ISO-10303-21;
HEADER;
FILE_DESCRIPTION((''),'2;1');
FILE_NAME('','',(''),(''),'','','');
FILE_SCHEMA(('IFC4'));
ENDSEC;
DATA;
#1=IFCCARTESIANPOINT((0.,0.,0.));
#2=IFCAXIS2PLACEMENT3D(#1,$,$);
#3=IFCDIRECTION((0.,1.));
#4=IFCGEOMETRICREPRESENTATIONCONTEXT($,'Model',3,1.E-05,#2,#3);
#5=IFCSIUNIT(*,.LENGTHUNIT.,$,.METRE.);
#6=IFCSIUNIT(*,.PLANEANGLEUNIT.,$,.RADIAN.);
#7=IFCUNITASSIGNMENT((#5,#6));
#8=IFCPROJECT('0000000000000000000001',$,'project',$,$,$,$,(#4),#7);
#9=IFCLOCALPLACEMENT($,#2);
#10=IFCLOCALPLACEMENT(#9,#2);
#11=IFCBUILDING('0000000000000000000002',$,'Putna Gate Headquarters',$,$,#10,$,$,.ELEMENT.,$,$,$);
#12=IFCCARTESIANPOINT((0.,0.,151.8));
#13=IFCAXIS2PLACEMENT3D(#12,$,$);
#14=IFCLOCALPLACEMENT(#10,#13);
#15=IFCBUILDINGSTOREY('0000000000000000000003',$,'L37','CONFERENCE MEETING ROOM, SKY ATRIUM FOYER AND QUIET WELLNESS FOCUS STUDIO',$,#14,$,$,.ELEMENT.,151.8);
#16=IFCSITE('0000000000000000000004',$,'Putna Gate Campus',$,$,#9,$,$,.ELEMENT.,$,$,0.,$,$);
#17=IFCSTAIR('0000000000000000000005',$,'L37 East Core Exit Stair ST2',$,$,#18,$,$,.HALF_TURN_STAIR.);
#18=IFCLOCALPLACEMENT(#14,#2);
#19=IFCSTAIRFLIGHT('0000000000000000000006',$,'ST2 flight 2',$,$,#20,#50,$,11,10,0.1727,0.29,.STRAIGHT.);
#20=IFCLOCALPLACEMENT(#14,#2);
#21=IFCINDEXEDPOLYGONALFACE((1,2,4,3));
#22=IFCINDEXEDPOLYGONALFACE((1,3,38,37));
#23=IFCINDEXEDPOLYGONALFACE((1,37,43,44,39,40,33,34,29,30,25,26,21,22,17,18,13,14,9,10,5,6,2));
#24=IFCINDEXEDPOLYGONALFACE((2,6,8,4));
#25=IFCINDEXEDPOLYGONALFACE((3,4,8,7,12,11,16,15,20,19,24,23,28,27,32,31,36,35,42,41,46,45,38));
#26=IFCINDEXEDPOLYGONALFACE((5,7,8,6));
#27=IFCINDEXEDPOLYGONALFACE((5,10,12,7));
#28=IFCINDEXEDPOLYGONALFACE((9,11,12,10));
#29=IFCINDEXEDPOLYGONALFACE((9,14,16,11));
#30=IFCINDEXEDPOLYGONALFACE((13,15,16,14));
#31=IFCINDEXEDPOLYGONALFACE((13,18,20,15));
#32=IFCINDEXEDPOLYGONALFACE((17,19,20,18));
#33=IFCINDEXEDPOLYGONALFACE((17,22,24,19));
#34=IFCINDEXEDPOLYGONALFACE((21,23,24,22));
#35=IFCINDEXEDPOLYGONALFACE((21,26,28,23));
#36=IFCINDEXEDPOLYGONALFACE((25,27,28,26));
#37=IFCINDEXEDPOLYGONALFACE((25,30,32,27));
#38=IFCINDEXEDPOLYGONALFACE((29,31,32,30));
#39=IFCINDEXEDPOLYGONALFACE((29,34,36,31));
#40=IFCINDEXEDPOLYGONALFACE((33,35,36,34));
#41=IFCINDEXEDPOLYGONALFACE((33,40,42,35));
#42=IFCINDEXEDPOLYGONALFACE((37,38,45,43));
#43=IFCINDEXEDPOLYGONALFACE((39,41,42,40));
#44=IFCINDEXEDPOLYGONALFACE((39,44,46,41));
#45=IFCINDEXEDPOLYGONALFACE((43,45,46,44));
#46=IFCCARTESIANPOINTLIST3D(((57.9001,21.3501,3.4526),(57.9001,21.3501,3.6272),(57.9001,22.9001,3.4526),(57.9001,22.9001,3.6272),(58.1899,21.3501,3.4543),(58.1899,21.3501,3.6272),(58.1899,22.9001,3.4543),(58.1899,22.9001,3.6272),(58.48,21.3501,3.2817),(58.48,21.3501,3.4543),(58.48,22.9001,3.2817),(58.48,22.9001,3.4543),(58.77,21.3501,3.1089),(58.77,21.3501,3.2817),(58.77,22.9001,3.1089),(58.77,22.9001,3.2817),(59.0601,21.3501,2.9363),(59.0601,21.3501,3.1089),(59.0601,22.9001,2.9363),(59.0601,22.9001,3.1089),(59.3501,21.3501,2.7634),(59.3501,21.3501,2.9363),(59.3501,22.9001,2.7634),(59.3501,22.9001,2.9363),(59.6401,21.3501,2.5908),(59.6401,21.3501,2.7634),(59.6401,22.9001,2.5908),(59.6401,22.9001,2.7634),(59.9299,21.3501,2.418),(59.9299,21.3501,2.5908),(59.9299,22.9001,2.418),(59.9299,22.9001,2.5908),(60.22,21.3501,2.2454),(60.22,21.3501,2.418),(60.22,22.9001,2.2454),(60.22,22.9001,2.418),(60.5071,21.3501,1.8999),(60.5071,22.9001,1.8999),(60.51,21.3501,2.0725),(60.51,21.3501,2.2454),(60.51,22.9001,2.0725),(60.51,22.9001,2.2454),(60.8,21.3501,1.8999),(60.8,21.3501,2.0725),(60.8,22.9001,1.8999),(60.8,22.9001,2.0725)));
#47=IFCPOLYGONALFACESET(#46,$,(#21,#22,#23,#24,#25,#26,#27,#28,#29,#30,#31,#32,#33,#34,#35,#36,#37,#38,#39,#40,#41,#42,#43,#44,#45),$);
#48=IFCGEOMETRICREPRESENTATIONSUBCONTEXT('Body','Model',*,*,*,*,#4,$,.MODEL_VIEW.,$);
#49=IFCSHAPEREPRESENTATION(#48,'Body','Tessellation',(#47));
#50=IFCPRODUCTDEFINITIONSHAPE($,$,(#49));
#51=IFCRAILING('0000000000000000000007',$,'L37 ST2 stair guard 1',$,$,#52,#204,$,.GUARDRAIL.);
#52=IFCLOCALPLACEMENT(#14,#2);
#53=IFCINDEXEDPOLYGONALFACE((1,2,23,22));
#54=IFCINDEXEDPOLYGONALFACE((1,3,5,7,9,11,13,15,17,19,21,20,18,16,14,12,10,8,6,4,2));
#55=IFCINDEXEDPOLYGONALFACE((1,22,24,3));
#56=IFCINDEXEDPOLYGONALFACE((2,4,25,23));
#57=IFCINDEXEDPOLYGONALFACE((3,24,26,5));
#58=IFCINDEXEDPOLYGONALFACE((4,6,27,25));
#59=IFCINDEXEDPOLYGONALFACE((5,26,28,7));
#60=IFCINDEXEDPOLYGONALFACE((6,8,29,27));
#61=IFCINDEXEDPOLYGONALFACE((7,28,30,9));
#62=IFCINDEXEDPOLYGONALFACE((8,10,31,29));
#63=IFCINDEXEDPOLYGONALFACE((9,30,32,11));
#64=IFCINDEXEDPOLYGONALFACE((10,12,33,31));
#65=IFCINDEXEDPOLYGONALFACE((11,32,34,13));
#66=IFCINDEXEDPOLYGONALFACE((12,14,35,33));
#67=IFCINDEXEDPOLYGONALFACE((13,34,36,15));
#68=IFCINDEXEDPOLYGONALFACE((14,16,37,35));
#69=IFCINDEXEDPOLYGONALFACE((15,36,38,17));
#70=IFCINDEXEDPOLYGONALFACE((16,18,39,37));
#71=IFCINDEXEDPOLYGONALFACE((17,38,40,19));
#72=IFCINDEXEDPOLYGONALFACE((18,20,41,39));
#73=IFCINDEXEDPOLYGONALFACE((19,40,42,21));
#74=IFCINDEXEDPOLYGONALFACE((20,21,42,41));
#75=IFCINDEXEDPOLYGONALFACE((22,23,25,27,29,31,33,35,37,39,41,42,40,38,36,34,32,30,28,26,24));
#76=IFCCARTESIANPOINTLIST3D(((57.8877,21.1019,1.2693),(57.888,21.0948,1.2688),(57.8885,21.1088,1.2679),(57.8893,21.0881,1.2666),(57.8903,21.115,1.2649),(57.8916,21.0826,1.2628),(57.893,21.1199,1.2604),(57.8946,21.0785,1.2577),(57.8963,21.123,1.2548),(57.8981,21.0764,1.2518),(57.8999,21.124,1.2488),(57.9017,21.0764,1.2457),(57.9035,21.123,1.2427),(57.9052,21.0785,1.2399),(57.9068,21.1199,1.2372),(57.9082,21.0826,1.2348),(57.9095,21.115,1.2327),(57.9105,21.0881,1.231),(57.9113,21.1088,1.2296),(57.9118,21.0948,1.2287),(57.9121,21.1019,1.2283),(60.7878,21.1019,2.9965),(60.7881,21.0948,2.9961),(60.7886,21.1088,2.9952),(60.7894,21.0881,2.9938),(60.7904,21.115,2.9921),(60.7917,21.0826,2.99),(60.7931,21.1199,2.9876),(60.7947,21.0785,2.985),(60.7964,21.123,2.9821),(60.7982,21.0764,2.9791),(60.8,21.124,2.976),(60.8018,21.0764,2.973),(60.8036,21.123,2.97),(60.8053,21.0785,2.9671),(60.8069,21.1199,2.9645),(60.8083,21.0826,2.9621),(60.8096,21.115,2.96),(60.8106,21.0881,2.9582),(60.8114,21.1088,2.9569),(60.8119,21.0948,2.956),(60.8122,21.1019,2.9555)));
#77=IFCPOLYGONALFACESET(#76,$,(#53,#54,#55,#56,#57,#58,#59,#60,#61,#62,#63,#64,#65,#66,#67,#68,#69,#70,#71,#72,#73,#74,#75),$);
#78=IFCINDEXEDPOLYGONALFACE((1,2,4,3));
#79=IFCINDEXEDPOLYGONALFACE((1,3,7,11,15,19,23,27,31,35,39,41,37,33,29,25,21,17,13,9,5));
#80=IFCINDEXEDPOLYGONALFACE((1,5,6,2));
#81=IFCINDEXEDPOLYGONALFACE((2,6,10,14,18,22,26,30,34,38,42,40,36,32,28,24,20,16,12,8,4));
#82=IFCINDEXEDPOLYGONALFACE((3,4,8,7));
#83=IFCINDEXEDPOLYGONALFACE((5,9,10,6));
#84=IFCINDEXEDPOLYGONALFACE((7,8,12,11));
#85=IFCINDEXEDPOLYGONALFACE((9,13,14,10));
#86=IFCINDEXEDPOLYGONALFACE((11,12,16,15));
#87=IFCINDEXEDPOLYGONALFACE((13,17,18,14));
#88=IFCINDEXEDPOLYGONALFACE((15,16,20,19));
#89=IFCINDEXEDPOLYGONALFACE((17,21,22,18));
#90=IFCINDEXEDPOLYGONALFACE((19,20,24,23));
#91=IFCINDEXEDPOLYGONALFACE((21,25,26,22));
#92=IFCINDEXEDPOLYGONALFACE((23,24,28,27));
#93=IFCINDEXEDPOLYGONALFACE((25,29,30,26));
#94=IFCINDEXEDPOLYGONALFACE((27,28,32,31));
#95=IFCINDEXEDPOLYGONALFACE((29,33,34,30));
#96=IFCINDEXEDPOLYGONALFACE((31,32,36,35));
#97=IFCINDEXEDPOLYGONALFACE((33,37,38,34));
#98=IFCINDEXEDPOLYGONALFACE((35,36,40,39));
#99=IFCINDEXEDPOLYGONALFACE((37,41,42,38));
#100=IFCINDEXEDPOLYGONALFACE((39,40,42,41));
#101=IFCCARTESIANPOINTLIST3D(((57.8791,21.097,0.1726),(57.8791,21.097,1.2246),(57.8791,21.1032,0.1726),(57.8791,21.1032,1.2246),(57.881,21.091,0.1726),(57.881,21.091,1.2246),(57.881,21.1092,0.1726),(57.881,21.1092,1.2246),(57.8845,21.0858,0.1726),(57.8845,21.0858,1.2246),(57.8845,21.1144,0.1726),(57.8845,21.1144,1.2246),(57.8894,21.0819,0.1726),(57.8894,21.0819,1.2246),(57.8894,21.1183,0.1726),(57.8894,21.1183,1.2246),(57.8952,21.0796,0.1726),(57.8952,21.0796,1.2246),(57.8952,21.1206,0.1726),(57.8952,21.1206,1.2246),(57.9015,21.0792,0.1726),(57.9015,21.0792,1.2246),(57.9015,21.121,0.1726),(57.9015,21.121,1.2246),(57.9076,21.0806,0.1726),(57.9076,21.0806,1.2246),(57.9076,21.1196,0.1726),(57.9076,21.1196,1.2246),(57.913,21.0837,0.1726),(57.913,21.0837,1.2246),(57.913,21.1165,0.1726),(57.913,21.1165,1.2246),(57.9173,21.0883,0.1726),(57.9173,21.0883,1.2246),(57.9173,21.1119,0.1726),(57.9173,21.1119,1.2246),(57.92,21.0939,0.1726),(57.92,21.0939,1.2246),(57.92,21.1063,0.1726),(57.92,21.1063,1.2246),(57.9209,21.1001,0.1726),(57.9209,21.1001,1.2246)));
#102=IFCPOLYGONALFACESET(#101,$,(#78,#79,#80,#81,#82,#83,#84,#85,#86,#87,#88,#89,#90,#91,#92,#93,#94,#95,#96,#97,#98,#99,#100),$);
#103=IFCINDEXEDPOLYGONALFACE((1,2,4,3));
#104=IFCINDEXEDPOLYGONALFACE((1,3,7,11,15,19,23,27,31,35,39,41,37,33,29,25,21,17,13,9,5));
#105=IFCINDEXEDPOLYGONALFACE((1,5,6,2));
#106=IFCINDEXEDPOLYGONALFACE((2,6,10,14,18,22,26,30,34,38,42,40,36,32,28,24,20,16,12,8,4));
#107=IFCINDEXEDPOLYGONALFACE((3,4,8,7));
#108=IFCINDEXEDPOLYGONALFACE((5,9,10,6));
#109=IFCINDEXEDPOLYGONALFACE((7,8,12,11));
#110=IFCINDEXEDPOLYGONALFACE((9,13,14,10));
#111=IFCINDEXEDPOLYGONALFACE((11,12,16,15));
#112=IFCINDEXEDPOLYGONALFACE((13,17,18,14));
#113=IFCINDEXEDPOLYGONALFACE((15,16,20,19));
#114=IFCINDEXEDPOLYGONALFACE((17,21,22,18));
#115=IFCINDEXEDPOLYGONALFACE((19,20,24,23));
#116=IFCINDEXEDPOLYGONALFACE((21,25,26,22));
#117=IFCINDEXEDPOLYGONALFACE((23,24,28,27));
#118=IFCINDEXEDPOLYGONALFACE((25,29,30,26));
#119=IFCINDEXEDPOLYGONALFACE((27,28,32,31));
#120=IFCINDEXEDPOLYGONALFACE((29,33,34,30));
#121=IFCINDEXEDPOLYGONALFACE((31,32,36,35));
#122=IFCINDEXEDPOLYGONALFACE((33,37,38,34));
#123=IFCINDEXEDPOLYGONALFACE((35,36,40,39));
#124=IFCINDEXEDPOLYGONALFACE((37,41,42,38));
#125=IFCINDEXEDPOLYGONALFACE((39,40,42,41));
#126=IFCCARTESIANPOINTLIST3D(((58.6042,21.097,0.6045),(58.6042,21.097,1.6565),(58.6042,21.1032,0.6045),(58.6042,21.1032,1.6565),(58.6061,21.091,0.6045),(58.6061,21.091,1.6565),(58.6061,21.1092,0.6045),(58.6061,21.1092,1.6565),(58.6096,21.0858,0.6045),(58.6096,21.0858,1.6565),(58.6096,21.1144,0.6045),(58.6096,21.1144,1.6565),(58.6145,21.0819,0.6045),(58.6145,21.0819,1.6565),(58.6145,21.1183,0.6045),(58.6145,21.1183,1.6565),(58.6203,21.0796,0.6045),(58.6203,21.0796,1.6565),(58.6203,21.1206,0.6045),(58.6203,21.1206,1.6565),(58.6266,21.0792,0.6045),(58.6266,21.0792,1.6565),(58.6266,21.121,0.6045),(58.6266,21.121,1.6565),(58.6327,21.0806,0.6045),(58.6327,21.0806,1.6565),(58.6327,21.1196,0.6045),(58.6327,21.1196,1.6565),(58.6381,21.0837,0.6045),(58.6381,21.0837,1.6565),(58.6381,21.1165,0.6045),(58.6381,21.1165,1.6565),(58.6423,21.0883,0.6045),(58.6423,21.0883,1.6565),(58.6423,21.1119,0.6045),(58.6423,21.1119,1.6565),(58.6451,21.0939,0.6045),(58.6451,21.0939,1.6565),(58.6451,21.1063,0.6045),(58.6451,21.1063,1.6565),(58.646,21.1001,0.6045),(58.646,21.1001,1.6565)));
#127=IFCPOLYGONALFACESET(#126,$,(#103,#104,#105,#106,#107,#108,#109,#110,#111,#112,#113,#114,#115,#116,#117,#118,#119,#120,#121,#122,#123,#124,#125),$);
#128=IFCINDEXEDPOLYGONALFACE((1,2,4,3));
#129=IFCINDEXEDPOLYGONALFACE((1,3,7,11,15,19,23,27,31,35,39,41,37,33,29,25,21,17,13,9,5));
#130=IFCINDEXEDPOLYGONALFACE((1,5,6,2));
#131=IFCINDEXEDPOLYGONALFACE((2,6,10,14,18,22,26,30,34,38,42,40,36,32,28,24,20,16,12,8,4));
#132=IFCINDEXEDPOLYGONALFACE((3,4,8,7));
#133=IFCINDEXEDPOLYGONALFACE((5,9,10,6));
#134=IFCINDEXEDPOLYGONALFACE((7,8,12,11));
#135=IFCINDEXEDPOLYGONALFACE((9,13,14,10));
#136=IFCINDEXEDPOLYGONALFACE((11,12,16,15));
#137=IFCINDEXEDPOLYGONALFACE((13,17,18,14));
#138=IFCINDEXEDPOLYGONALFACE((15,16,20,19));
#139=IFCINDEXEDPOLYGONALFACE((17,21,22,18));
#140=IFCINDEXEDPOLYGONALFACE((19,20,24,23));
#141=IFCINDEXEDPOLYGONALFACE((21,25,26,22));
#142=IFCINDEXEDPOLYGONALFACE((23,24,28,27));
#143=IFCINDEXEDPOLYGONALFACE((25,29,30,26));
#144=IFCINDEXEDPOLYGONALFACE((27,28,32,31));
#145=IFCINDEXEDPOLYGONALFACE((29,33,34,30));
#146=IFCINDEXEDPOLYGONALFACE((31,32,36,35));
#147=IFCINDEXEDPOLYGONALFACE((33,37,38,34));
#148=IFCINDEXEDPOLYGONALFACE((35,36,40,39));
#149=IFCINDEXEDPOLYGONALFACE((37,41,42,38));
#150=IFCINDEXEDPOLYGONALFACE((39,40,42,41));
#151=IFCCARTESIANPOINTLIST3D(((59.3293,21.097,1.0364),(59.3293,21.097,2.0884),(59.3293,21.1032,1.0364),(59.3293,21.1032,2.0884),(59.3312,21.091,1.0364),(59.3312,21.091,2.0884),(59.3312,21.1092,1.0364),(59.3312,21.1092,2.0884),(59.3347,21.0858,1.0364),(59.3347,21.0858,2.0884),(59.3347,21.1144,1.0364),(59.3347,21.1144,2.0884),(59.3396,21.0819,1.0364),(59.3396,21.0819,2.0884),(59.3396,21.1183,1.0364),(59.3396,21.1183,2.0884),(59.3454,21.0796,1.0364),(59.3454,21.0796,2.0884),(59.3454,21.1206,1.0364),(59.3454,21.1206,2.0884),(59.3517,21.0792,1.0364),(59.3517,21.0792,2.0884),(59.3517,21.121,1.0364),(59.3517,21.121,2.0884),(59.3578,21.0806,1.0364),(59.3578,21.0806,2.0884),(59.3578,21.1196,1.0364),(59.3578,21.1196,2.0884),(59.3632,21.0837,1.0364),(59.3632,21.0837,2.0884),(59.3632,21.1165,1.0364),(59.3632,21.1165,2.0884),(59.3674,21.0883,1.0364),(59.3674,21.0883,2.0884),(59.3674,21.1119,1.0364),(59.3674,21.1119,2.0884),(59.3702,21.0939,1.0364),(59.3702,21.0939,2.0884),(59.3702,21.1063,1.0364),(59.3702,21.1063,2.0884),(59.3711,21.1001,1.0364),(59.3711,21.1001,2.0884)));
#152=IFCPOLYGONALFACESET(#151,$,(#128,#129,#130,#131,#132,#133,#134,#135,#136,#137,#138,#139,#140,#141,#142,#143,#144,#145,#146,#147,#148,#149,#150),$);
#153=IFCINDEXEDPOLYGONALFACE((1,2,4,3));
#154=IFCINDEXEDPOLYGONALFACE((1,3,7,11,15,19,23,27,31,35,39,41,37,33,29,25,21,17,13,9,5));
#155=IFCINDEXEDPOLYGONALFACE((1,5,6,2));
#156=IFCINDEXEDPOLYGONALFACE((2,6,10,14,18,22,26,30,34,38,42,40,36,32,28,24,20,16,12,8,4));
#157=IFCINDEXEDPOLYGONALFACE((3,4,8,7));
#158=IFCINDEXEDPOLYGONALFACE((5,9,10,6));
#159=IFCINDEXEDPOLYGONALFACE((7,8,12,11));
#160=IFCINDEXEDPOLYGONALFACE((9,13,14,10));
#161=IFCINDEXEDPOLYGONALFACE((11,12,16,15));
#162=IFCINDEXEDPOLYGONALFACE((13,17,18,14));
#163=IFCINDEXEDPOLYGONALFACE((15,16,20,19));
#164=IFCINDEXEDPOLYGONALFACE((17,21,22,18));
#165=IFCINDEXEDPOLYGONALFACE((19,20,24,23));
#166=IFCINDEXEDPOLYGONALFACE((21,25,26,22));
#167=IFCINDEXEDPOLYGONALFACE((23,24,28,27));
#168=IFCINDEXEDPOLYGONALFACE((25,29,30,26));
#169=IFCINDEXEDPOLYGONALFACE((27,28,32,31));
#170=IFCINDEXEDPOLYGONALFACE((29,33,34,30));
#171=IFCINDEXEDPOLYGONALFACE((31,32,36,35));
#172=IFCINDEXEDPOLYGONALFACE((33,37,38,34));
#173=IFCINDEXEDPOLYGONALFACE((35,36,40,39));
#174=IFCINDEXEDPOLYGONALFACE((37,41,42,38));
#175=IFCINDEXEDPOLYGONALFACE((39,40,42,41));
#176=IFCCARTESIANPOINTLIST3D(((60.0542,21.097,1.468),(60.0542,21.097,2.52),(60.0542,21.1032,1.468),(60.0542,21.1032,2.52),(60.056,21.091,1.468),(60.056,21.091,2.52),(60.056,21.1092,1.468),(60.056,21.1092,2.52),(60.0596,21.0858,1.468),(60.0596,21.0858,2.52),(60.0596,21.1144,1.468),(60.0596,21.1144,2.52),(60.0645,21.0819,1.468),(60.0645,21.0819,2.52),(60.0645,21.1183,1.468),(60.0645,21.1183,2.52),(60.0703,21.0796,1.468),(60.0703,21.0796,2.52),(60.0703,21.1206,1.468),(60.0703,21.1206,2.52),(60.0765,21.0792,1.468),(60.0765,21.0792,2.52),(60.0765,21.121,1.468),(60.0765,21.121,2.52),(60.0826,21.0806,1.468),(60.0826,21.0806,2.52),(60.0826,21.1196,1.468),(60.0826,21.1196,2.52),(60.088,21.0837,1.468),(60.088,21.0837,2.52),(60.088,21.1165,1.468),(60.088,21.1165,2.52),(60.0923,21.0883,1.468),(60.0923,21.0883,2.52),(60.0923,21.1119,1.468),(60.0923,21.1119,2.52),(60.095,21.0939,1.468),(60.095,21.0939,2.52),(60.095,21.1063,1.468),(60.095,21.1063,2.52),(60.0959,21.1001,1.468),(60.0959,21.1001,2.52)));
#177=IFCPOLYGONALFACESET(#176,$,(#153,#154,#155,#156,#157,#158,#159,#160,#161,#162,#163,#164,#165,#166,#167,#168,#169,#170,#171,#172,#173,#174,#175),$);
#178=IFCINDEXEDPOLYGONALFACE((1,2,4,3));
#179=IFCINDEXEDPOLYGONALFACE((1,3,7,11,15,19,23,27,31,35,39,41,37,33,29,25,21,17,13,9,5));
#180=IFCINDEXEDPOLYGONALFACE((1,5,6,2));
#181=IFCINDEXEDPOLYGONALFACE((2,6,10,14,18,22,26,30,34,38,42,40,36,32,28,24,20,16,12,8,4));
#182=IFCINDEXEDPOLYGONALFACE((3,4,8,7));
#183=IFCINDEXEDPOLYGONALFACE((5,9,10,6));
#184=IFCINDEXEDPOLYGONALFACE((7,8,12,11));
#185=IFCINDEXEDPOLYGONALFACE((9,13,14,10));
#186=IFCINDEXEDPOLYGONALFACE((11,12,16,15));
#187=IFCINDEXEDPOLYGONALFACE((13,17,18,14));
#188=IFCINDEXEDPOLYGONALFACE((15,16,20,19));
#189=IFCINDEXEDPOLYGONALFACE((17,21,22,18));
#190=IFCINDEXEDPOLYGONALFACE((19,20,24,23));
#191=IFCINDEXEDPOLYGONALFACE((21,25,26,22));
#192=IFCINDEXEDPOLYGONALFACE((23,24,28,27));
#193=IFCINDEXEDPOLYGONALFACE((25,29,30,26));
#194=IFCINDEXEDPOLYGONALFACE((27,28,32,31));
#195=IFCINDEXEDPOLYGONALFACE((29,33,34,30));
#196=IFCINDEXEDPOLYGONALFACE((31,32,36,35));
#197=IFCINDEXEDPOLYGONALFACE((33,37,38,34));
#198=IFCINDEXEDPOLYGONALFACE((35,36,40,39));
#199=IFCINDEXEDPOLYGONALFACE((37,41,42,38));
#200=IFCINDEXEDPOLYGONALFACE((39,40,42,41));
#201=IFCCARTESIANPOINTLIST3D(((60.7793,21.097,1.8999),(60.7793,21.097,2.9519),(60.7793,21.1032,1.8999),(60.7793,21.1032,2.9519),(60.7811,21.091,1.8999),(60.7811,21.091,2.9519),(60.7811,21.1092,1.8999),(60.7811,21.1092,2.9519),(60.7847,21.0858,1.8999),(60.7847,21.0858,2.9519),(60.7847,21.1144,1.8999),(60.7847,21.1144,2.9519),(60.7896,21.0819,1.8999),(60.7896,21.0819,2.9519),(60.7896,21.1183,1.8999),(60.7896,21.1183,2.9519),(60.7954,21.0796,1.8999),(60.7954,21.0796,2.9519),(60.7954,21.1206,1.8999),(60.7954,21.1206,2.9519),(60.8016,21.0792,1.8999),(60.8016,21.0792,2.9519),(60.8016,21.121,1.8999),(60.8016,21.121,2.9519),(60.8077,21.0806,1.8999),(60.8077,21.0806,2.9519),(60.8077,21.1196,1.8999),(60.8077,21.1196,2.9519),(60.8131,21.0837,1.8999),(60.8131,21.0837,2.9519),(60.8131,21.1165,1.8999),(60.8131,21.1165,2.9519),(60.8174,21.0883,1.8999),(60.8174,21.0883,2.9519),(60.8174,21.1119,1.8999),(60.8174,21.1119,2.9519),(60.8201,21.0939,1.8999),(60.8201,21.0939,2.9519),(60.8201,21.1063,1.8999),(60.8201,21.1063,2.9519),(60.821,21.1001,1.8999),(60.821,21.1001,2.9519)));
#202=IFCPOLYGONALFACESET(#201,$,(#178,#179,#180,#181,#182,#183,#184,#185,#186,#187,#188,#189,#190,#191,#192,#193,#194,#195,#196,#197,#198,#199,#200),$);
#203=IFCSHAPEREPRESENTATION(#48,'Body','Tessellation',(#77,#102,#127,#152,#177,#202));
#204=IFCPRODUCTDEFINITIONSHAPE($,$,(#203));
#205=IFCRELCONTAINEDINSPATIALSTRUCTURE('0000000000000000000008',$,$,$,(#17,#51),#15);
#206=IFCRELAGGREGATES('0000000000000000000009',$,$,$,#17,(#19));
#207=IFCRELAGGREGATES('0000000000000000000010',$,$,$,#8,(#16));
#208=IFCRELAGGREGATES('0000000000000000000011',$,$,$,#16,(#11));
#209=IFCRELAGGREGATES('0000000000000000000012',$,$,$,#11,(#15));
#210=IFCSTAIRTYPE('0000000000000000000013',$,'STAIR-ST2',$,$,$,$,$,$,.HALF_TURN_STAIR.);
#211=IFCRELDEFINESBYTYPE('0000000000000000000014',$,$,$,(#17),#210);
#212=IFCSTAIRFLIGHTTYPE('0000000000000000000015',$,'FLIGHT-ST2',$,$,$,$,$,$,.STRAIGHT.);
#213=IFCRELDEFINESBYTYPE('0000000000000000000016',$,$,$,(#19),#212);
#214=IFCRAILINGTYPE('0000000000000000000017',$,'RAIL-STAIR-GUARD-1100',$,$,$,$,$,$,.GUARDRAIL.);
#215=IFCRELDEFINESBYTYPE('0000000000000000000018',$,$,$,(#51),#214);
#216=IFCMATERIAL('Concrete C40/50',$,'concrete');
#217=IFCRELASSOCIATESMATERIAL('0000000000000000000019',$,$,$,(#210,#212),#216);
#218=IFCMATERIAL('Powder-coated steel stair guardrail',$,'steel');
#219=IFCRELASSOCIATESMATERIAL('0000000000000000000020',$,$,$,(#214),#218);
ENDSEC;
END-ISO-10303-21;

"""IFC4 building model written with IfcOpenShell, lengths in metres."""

from ifc_helpers import new_model, si_unit, direction, frame, origin, origin_2d, place, context, subcontext, project, spatial, polyline, circle, outline, extrude, material, type_object, element, aggregate, save


model = new_model("IFC4")

# Units and contexts
model_context = context("Model", 3, precision=1e-05, world=origin(), true_north=direction((0.0, 1.0)))
body_context = subcontext(model_context, "Body", "Model", "MODEL_VIEW")
ifc_project = project(units=[si_unit("LENGTHUNIT", "METRE"), si_unit("PLANEANGLEUNIT", "RADIAN")], contexts=[model_context])

# Site, building, storey
site_placement = place(None, origin())
site = spatial("IfcSite", under=ifc_project, at=site_placement, Name="Putna Gate Campus", CompositionType="ELEMENT", RefElevation=0.0)
building_placement = place(site_placement, origin())
building = spatial("IfcBuilding", under=site, at=building_placement, Name="Putna Gate Headquarters", CompositionType="ELEMENT")
storey_placement = place(building_placement, frame((0.0, 0.0, 151.8)))
storey = spatial("IfcBuildingStorey", under=building, at=storey_placement, Name="L37", Description="CONFERENCE MEETING ROOM, SKY ATRIUM FOYER AND QUIET WELLNESS FOCUS STUDIO", CompositionType="ELEMENT", Elevation=151.8)

# Shared definitions
ifc_material_1 = material(Name="Concrete C40/50", Category="concrete")

# Stair, stair flight
stair_type = type_object("IfcStairType", Name="STAIR-ST2", PredefinedType="HALF_TURN_STAIR", material=ifc_material_1)
stair_placement = place(storey_placement, origin())
stair = element("IfcStair", 1, at=stair_placement, inside=storey, type_object=stair_type, Name="L37 East Core Exit Stair ST2", PredefinedType="HALF_TURN_STAIR")
stair_flight_type = type_object("IfcStairFlightType", Name="FLIGHT-ST2", PredefinedType="STRAIGHT", material=ifc_material_1)
stair_flight_1_placement = place(storey_placement, frame((60.8, 22.125, 1.8999), z_axis=(0.0, 0.0, 1.0), x_axis=(-1.0, 0.0, 0.0)))
stair_flight_1 = element("IfcStairFlight", 2, at=stair_flight_1_placement, type_object=stair_flight_type, Name="ST2 flight 2", NumberOfRisers=11, NumberOfTreads=10, PredefinedType="STRAIGHT", RiserHeight=0.1727, TreadLength=0.29, context=body_context, shape_type="SweptSolid", body=[
    extrude(outline(polyline([(0.0, 0.0), (0.0, 0.1726), (0.29, 0.1726), (0.29, 0.3455), (0.5801, 0.3455), (0.5801, 0.5181), (0.8701, 0.5181), (0.8701, 0.6909), (1.1599, 0.6909), (1.1599, 0.8635), (1.45, 0.8635), (1.45, 1.0364), (1.74, 1.0364), (1.74, 1.209), (2.03, 1.209), (2.03, 1.3818), (2.3201, 1.3818), (2.3201, 1.5544), (2.6101, 1.5544), (2.6101, 1.7273), (2.8999, 1.7273), (2.8999, 1.8999), (2.8999, 1.5527), (0.293, 0.0), (0.0, 0.0)])), frame((0.0, 0.7749, 0.0), z_axis=(0.0, -1.0, 0.0), x_axis=(1.0, 0.0, 0.0)), (0.0, 0.0, 1.0), 1.55),
])
aggregate(stair, [stair_flight_1])

# Railing
ifc_material_2 = material(Name="Powder-coated steel stair guardrail", Category="steel")
railing_type_1 = type_object("IfcRailingType", Name="RAIL-STAIR-GUARD-1100", PredefinedType="GUARDRAIL", material=ifc_material_2)
railing_1_placement = place(storey_placement, frame((57.8999, 21.1001, 0.1726)))
element("IfcRailing", 3, at=railing_1_placement, inside=storey, type_object=railing_type_1, Name="L37 ST2 stair guard 1", PredefinedType="GUARDRAIL", context=body_context, shape_type="SweptSolid", body=[
    extrude(circle(Radius=0.0239, at=origin_2d()), frame((0.0, 0.0, 1.0762), z_axis=(0.85916, 0.0, 0.511706), x_axis=(0.0, 1.0, 0.0)), (0.0, 0.0, 1.0), 3.3755),
    extrude(circle(Radius=0.021, at=origin_2d()), origin(), (0.0, 0.0, 1.0), 1.052),
    extrude(circle(Radius=0.021, at=origin_2d()), frame((0.7251, 0.0, 0.4319)), (0.0, 0.0, 1.0), 1.052),
    extrude(circle(Radius=0.021, at=origin_2d()), frame((1.4502, 0.0, 0.8638)), (0.0, 0.0, 1.0), 1.052),
    extrude(circle(Radius=0.021, at=origin_2d()), frame((2.175, 0.0, 1.2954)), (0.0, 0.0, 1.0), 1.052),
    extrude(circle(Radius=0.021, at=origin_2d()), frame((2.9001, 0.0, 1.7273)), (0.0, 0.0, 1.0), 1.052),
])

save(model, "model.ifc")
